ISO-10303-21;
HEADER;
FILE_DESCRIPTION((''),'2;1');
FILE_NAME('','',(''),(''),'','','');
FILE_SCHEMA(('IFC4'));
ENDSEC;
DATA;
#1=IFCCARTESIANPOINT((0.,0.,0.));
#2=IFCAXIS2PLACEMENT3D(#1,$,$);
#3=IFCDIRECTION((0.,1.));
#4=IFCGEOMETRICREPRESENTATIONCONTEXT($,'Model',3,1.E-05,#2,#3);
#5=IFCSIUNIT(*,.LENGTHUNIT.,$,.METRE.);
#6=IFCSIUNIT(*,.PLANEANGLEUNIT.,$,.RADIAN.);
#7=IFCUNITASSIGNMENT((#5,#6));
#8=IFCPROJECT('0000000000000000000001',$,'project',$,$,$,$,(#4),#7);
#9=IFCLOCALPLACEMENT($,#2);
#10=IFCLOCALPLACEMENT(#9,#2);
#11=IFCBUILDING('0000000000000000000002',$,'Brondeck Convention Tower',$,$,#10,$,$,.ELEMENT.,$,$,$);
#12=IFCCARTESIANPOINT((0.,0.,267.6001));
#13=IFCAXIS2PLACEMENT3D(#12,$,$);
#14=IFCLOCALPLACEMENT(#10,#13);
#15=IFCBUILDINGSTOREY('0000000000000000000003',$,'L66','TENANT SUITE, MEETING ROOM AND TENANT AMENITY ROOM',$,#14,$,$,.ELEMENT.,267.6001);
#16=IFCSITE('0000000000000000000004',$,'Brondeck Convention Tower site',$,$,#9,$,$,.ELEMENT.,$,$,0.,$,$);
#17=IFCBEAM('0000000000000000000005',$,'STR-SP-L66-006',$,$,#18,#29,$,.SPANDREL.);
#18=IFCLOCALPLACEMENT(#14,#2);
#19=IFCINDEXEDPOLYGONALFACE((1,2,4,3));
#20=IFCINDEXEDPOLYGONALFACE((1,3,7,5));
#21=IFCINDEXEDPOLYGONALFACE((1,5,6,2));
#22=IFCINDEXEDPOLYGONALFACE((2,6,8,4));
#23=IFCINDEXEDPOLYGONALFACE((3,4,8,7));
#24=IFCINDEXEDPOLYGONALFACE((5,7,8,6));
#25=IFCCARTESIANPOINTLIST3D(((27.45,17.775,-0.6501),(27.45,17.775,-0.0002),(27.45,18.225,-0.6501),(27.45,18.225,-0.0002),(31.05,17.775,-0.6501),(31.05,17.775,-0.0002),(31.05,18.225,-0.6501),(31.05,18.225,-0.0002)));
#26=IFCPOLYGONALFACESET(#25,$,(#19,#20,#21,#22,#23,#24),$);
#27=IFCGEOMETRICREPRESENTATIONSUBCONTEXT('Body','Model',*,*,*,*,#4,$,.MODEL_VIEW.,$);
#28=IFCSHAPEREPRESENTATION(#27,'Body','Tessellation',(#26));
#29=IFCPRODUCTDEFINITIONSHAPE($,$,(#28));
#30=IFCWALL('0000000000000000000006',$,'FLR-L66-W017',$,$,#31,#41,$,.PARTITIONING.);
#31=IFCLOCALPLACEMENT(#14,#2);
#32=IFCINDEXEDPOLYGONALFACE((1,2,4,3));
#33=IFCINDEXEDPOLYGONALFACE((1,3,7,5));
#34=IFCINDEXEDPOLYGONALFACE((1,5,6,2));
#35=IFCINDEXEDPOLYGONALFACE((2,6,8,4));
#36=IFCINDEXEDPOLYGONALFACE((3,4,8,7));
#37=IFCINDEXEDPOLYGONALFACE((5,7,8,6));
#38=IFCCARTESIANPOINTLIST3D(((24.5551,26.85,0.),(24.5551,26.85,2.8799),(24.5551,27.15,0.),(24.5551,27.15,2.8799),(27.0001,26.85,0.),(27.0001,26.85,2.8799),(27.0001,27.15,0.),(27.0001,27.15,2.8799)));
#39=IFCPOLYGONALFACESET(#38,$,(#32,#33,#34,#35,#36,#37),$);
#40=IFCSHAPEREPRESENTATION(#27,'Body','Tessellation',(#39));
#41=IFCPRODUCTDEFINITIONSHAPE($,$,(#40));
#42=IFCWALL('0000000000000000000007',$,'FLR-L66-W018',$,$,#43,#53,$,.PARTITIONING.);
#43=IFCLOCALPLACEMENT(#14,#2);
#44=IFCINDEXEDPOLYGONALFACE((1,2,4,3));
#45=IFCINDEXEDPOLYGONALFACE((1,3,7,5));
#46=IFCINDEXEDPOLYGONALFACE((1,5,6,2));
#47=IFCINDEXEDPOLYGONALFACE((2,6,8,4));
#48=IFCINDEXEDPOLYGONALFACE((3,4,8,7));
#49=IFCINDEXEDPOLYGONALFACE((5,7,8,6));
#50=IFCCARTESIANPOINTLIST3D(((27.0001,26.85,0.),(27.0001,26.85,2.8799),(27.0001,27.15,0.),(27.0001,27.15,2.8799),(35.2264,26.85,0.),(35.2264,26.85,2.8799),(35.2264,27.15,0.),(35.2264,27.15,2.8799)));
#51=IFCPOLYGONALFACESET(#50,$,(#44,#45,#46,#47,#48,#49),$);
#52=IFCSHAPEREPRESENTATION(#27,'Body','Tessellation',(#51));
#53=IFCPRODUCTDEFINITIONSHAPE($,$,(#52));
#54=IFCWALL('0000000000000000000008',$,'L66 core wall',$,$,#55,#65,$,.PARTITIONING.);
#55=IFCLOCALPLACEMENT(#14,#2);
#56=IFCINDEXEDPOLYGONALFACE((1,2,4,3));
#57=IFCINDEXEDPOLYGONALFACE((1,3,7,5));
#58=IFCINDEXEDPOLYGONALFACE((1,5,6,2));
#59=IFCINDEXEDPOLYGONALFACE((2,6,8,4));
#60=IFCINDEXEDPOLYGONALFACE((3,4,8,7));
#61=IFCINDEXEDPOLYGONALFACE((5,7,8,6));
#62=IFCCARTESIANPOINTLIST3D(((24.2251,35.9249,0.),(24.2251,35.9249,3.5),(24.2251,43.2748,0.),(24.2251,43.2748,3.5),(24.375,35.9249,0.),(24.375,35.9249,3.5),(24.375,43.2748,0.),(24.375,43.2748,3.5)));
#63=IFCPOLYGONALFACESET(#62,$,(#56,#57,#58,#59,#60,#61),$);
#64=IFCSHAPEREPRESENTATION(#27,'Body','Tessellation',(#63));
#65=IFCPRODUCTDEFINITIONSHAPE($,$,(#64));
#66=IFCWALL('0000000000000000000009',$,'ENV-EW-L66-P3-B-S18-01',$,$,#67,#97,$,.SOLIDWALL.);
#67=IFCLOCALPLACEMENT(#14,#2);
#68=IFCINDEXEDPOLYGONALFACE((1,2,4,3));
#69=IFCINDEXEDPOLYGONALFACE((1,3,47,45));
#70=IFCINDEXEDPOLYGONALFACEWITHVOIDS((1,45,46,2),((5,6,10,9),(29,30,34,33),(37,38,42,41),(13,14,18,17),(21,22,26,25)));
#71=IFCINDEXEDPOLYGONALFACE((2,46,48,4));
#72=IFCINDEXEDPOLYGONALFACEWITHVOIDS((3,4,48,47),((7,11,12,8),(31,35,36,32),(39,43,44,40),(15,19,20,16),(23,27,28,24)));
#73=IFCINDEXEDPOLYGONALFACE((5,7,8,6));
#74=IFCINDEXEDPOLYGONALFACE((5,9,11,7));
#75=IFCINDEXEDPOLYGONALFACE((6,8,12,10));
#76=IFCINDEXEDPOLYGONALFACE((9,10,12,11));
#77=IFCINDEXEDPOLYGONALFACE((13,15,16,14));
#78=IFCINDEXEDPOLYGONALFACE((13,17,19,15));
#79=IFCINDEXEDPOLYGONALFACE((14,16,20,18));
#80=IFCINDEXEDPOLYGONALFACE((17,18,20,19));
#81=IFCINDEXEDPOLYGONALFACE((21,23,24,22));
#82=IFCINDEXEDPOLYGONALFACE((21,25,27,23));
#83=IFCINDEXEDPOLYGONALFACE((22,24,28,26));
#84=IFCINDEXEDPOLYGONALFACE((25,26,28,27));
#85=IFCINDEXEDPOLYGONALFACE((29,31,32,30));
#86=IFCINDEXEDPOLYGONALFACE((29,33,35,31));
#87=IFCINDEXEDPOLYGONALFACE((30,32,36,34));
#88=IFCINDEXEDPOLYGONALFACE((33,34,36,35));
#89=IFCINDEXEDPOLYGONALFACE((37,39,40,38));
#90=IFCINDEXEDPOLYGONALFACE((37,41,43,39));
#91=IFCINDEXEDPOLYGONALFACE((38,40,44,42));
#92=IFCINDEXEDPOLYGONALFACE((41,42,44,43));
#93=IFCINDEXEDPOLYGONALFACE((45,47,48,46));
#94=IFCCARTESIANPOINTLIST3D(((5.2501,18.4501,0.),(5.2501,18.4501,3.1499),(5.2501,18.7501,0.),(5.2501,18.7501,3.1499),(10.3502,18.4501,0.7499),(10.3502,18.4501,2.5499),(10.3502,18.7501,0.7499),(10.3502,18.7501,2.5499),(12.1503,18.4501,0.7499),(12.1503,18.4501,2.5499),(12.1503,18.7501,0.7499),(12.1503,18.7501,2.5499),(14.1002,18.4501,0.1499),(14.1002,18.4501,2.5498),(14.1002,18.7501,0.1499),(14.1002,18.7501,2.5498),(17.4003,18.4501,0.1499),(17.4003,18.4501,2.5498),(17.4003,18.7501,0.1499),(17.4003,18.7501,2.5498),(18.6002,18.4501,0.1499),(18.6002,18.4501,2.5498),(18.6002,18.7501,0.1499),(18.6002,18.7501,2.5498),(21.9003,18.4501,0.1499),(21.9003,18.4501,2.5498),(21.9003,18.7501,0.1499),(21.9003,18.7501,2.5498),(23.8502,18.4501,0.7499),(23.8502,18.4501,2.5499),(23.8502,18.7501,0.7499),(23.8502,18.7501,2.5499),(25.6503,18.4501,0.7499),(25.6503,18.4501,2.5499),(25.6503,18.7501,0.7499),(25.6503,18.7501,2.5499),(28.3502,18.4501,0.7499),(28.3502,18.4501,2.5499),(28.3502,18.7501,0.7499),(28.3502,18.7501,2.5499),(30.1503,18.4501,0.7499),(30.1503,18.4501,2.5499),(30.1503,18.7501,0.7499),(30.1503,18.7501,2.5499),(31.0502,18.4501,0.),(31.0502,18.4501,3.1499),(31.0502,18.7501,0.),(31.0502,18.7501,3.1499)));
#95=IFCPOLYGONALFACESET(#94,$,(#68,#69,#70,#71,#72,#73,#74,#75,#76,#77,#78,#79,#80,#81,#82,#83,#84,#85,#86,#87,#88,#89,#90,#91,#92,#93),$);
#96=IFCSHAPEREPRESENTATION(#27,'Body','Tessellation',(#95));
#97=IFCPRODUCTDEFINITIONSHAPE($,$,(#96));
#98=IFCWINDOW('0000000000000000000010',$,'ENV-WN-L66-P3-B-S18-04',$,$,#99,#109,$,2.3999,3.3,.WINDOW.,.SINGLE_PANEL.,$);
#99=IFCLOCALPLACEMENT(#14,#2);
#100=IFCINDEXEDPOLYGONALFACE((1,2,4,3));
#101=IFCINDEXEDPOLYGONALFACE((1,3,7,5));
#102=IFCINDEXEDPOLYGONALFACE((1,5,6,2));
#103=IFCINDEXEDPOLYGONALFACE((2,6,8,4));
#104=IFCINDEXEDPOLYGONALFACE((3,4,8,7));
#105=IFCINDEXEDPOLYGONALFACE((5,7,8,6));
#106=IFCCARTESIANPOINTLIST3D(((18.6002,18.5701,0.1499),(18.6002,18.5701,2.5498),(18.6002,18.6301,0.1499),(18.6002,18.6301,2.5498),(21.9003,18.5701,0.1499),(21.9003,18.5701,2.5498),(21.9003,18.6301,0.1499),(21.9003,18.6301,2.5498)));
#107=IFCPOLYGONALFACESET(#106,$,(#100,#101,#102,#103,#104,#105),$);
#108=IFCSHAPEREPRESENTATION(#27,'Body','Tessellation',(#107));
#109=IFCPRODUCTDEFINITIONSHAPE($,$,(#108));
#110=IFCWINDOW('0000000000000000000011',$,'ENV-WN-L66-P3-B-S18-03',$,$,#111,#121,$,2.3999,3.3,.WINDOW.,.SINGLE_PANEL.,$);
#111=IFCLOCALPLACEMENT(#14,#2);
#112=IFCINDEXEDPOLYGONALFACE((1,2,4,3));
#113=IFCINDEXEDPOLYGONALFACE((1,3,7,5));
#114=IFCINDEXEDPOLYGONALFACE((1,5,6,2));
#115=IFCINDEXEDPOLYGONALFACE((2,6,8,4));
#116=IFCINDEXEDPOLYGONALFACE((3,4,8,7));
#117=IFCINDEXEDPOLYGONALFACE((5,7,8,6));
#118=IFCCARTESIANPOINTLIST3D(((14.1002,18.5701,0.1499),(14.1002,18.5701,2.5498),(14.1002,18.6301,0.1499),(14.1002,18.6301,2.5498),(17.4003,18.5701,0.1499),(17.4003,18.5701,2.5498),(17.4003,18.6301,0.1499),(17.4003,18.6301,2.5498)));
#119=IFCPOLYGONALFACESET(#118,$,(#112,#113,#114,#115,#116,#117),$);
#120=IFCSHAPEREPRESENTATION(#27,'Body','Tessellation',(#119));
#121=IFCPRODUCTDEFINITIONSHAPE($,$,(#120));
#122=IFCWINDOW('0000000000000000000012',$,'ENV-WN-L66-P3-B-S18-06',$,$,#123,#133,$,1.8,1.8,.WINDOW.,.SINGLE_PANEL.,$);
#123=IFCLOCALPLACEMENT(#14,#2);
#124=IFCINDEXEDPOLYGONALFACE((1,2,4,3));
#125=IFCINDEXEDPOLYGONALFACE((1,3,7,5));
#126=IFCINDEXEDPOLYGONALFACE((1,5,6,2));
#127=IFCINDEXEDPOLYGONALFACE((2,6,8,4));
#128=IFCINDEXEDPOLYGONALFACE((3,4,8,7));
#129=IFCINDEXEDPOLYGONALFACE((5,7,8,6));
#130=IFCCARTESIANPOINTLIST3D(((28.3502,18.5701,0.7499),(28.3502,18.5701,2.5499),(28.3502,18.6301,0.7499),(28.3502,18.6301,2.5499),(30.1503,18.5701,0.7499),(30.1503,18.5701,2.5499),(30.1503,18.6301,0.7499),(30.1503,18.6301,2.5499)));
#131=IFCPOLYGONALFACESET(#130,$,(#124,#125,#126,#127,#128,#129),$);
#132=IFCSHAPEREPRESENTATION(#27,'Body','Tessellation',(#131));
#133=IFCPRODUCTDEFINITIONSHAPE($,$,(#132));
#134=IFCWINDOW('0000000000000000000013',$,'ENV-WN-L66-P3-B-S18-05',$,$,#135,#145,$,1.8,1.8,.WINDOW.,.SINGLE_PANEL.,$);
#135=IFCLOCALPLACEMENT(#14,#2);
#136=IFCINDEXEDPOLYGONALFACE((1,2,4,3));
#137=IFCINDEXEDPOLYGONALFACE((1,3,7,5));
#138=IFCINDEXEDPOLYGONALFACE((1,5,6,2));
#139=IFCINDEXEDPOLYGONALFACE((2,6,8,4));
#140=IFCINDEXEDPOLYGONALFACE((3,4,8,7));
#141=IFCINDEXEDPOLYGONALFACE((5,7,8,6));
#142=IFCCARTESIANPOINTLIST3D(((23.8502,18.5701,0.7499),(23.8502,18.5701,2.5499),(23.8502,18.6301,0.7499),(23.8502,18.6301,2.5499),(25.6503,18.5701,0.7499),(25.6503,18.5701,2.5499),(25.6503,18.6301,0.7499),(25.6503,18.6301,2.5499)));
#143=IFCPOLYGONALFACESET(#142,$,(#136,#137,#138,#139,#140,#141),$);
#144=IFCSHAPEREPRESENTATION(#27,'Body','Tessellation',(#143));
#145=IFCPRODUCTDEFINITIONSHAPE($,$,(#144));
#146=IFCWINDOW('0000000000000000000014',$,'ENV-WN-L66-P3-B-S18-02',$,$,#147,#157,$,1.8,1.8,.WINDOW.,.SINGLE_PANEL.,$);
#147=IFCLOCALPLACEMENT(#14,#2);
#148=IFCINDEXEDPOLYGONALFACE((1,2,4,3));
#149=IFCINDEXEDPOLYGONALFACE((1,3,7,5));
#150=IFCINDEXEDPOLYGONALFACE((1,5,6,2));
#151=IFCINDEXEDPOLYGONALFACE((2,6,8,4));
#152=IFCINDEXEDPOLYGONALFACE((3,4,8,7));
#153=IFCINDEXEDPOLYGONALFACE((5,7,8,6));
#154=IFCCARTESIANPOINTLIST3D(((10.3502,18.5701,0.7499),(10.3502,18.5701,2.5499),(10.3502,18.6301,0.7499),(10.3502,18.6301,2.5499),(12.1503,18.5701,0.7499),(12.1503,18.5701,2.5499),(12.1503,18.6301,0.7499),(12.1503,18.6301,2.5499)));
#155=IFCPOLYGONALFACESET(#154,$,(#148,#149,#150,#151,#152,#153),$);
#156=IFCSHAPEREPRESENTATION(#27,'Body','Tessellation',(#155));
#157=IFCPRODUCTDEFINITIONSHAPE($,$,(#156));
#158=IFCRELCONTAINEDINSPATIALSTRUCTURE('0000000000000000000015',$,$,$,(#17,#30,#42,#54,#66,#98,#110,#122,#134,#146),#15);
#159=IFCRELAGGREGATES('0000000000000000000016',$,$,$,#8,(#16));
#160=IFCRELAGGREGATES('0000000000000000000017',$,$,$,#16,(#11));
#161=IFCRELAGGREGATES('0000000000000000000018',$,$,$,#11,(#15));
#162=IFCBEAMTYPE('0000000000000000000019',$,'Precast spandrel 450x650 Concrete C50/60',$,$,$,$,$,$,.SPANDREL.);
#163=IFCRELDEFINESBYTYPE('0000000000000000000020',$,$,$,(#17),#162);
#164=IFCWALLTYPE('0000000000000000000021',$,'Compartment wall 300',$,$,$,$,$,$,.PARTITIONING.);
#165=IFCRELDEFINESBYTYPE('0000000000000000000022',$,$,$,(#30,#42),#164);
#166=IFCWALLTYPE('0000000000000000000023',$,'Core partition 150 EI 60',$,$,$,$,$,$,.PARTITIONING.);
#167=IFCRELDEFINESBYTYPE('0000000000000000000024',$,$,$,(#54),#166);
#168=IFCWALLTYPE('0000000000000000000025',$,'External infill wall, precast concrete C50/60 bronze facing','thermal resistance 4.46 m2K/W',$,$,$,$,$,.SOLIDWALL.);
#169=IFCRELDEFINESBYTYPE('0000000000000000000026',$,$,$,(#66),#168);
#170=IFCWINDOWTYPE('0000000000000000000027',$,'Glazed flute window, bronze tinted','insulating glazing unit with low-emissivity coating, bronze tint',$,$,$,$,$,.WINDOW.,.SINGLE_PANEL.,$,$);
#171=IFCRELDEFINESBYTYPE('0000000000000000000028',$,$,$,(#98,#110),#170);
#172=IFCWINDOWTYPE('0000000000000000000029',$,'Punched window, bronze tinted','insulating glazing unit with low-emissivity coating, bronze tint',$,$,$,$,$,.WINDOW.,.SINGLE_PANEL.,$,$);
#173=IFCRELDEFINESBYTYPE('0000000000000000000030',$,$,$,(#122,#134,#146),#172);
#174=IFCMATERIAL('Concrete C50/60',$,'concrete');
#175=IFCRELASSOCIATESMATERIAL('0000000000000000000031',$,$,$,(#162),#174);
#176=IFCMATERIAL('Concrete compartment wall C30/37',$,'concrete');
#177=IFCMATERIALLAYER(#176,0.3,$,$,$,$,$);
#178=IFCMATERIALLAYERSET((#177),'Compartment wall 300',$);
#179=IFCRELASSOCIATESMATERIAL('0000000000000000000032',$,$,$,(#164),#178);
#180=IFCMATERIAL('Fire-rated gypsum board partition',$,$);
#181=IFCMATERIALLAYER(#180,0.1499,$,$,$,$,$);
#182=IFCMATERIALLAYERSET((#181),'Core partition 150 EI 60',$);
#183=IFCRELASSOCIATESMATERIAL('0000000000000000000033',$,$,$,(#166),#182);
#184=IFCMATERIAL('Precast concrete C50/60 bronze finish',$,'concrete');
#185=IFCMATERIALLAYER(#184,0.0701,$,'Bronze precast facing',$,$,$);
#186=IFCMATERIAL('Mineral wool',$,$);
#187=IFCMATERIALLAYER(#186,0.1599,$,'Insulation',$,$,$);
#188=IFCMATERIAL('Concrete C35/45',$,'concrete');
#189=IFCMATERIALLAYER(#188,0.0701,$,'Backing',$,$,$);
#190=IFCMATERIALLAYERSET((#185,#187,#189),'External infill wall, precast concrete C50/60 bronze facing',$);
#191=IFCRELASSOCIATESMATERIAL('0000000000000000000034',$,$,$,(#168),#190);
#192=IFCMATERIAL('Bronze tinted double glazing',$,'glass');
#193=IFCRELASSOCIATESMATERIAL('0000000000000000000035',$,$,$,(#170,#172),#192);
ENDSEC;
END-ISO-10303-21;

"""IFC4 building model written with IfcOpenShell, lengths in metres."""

from ifc_helpers import new_model, si_unit, direction, frame, frame_2d, origin, origin_2d, place, context, subcontext, project, spatial, rectangle, extrude, material, layer, layer_set, material_profile, profile_set, type_object, element, fill, save


model = new_model("IFC4")

# Units and contexts
model_context = context("Model", 3, precision=1e-05, world=origin(), true_north=direction((0.0, 1.0)))
body_context = subcontext(model_context, "Body", "Model", "MODEL_VIEW")
ifc_project = project(units=[si_unit("LENGTHUNIT", "METRE"), si_unit("PLANEANGLEUNIT", "RADIAN")], contexts=[model_context])

# Site, building, storey
site_placement = place(None, origin())
site = spatial("IfcSite", under=ifc_project, at=site_placement, Name="Brondeck Convention Tower site", CompositionType="ELEMENT", RefElevation=0.0)
building_placement = place(site_placement, origin())
building = spatial("IfcBuilding", under=site, at=building_placement, Name="Brondeck Convention Tower", CompositionType="ELEMENT")
storey_placement = place(building_placement, frame((0.0, 0.0, 267.6001)))
storey = spatial("IfcBuildingStorey", under=building, at=storey_placement, Name="L66", Description="TENANT SUITE, MEETING ROOM AND TENANT AMENITY ROOM", CompositionType="ELEMENT", Elevation=267.6001)

# Shared definitions
ifc_material_1 = material(Name="Concrete C50/60", Category="concrete")

# Beam
ifc_material_profile_1 = material_profile(ifc_material_1, rectangle(XDim=0.45, YDim=0.6499, at=origin_2d()), Name="Precast spandrel 450x650 Concrete C50/60")
ifc_profile_set_1 = profile_set([ifc_material_profile_1], Name="Concrete C50/60")
beam_type_1 = type_object("IfcBeamType", Name="Precast spandrel 450x650 Concrete C50/60", PredefinedType="SPANDREL", material=ifc_profile_set_1)
for number, where, z_axis, x_axis, name in (
    (1, (27.45, 18.0, -0.3252), (1.0, 0.0, 0.0), (0.0, 1.0, 0.0), "STR-SP-L66-006"),
):
    element("IfcBeam", number, at=place(storey_placement, frame(where, z_axis=z_axis, x_axis=x_axis)), inside=storey, type_object=beam_type_1, Name=name, PredefinedType="SPANDREL", context=body_context, shape_type="SweptSolid", body=[
        extrude(rectangle(XDim=0.45, YDim=0.6499, at=origin_2d()), origin(), (0.0, 0.0, 1.0), 3.6001),
    ])

# Walls
ifc_material_2 = material(Name="Concrete compartment wall C30/37", Category="concrete")
ifc_layer_1 = layer(ifc_material_2, 0.3)
ifc_layer_set_1 = layer_set([ifc_layer_1], Name="Compartment wall 300")
wall_type_1 = type_object("IfcWallType", Name="Compartment wall 300", PredefinedType="PARTITIONING", material=ifc_layer_set_1)
wall_1_placement = place(storey_placement, frame((24.5549, 27.0, 0.0), z_axis=(0.0, 0.0, 1.0), x_axis=(1.0, 0.0, 0.0)))
element("IfcWall", 2, at=wall_1_placement, inside=storey, type_object=wall_type_1, Name="FLR-L66-W017", PredefinedType="PARTITIONING", context=body_context, shape_type="SweptSolid", body=[
    extrude(rectangle(XDim=2.4451, YDim=0.3, at=frame_2d((1.2227, 0.0))), origin(), (0.0, 0.0, 1.0), 2.8799),
])
wall_2_placement = place(storey_placement, frame((27.0, 27.0, 0.0), z_axis=(0.0, 0.0, 1.0), x_axis=(1.0, 0.0, 0.0)))
element("IfcWall", 3, at=wall_2_placement, inside=storey, type_object=wall_type_1, Name="FLR-L66-W018", PredefinedType="PARTITIONING", context=body_context, shape_type="SweptSolid", body=[
    extrude(rectangle(XDim=8.2263, YDim=0.3, at=frame_2d((4.1133, 0.0))), origin(), (0.0, 0.0, 1.0), 2.8799),
])
ifc_material_3 = material(Name="Fire-rated gypsum board partition")
ifc_layer_2 = layer(ifc_material_3, 0.1499)
ifc_layer_set_2 = layer_set([ifc_layer_2], Name="Core partition 150 EI 60")
wall_type_2 = type_object("IfcWallType", Name="Core partition 150 EI 60", PredefinedType="PARTITIONING", material=ifc_layer_set_2)
wall_3_placement = place(storey_placement, frame((24.3, 35.925, 0.0), z_axis=(0.0, 0.0, 1.0), x_axis=(0.0, 1.0, 0.0)))
element("IfcWall", 4, at=wall_3_placement, inside=storey, type_object=wall_type_2, Name="L66 core wall", PredefinedType="PARTITIONING", context=body_context, shape_type="SweptSolid", body=[
    extrude(rectangle(XDim=7.3499, YDim=0.1499, at=frame_2d((3.6748, 0.0))), origin(), (0.0, 0.0, 1.0), 3.5),
])

# Wall, openings, windows
ifc_material_4 = material(Name="Precast concrete C50/60 bronze finish", Category="concrete")
ifc_layer_3 = layer(ifc_material_4, 0.0701, Name="Bronze precast facing")
ifc_material_5 = material(Name="Mineral wool")
ifc_layer_4 = layer(ifc_material_5, 0.1599, Name="Insulation")
ifc_material_6 = material(Name="Concrete C35/45", Category="concrete")
ifc_layer_5 = layer(ifc_material_6, 0.0701, Name="Backing")
ifc_layer_set_3 = layer_set([ifc_layer_3, ifc_layer_4, ifc_layer_5], Name="External infill wall, precast concrete C50/60 bronze facing")
wall_type_3 = type_object("IfcWallType", Name="External infill wall, precast concrete C50/60 bronze facing", Description="thermal resistance 4.46 m2K/W", PredefinedType="SOLIDWALL", material=ifc_layer_set_3)
wall_4_placement = place(storey_placement, frame((31.05, 18.6001, 0.0), z_axis=(0.0, 0.0, 1.0), x_axis=(-1.0, 0.0, 0.0)))
wall_4 = element("IfcWall", 5, at=wall_4_placement, inside=storey, type_object=wall_type_3, Name="ENV-EW-L66-P3-B-S18-01", PredefinedType="SOLIDWALL", context=body_context, shape_type="SweptSolid", body=[
    extrude(rectangle(XDim=25.8, YDim=0.3, at=frame_2d((12.8999, 0.0))), origin(), (0.0, 0.0, 1.0), 3.1499),
])
opening_1_placement = place(wall_4_placement, frame((0.8999, 0.0, 0.75)))
opening_1 = element("IfcOpeningElement", 6, at=opening_1_placement, cuts=wall_4, PredefinedType="OPENING", context=body_context, shape_type="SweptSolid", body=[
    extrude(rectangle(XDim=1.8, YDim=1.8, at=frame_2d((0.8999, 0.8999))), frame((0.0, 0.1599, 0.0), z_axis=(0.0, -1.0, 0.0), x_axis=(1.0, 0.0, 0.0)), (0.0, 0.0, 1.0), 0.3201),
])
opening_2_placement = place(wall_4_placement, frame((5.3999, 0.0, 0.75)))
opening_2 = element("IfcOpeningElement", 7, at=opening_2_placement, cuts=wall_4, PredefinedType="OPENING", context=body_context, shape_type="SweptSolid", body=[
    extrude(rectangle(XDim=1.8, YDim=1.8, at=frame_2d((0.8999, 0.8999))), frame((0.0, 0.1599, 0.0), z_axis=(0.0, -1.0, 0.0), x_axis=(1.0, 0.0, 0.0)), (0.0, 0.0, 1.0), 0.3201),
])
opening_3_placement = place(wall_4_placement, frame((9.1499, 0.0, 0.1499)))
opening_3 = element("IfcOpeningElement", 8, at=opening_3_placement, cuts=wall_4, PredefinedType="OPENING", context=body_context, shape_type="SweptSolid", body=[
    extrude(rectangle(XDim=3.3, YDim=2.3999, at=frame_2d((1.6499, 1.2))), frame((0.0, 0.1599, 0.0), z_axis=(0.0, -1.0, 0.0), x_axis=(1.0, 0.0, 0.0)), (0.0, 0.0, 1.0), 0.3201),
])
opening_4_placement = place(wall_4_placement, frame((13.6499, 0.0, 0.1499)))
opening_4 = element("IfcOpeningElement", 9, at=opening_4_placement, cuts=wall_4, PredefinedType="OPENING", context=body_context, shape_type="SweptSolid", body=[
    extrude(rectangle(XDim=3.3, YDim=2.3999, at=frame_2d((1.6499, 1.2))), frame((0.0, 0.1599, 0.0), z_axis=(0.0, -1.0, 0.0), x_axis=(1.0, 0.0, 0.0)), (0.0, 0.0, 1.0), 0.3201),
])
opening_5_placement = place(wall_4_placement, frame((18.8999, 0.0, 0.75)))
opening_5 = element("IfcOpeningElement", 10, at=opening_5_placement, cuts=wall_4, PredefinedType="OPENING", context=body_context, shape_type="SweptSolid", body=[
    extrude(rectangle(XDim=1.8, YDim=1.8, at=frame_2d((0.8999, 0.8999))), frame((0.0, 0.1599, 0.0), z_axis=(0.0, -1.0, 0.0), x_axis=(1.0, 0.0, 0.0)), (0.0, 0.0, 1.0), 0.3201),
])
ifc_material_7 = material(Name="Bronze tinted double glazing", Category="glass")
window_type_1 = type_object("IfcWindowType", Name="Glazed flute window, bronze tinted", Description="insulating glazing unit with low-emissivity coating, bronze tint", PartitioningType="SINGLE_PANEL", PredefinedType="WINDOW", material=ifc_material_7)
window_1_placement = place(opening_3_placement, origin())
window_1 = element("IfcWindow", 11, at=window_1_placement, inside=storey, type_object=window_type_1, Name="ENV-WN-L66-P3-B-S18-04", OverallHeight=2.3999, OverallWidth=3.3, PartitioningType="SINGLE_PANEL", PredefinedType="WINDOW", context=body_context, shape_type="SweptSolid", body=[
    extrude(rectangle(XDim=3.3, YDim=2.3999, at=frame_2d((1.6499, 1.2))), frame((0.0, 0.03, 0.0), z_axis=(0.0, -1.0, 0.0), x_axis=(1.0, 0.0, 0.0)), (0.0, 0.0, 1.0), 0.0601),
])
fill(opening_3, window_1)
window_2_placement = place(opening_4_placement, origin())
window_2 = element("IfcWindow", 12, at=window_2_placement, inside=storey, type_object=window_type_1, Name="ENV-WN-L66-P3-B-S18-03", OverallHeight=2.3999, OverallWidth=3.3, PartitioningType="SINGLE_PANEL", PredefinedType="WINDOW", context=body_context, shape_type="SweptSolid", body=[
    extrude(rectangle(XDim=3.3, YDim=2.3999, at=frame_2d((1.6499, 1.2))), frame((0.0, 0.03, 0.0), z_axis=(0.0, -1.0, 0.0), x_axis=(1.0, 0.0, 0.0)), (0.0, 0.0, 1.0), 0.0601),
])
fill(opening_4, window_2)
window_type_2 = type_object("IfcWindowType", Name="Punched window, bronze tinted", Description="insulating glazing unit with low-emissivity coating, bronze tint", PartitioningType="SINGLE_PANEL", PredefinedType="WINDOW", material=ifc_material_7)
window_3_placement = place(opening_1_placement, origin())
window_3 = element("IfcWindow", 13, at=window_3_placement, inside=storey, type_object=window_type_2, Name="ENV-WN-L66-P3-B-S18-06", OverallHeight=1.8, OverallWidth=1.8, PartitioningType="SINGLE_PANEL", PredefinedType="WINDOW", context=body_context, shape_type="SweptSolid", body=[
    extrude(rectangle(XDim=1.8, YDim=1.8, at=frame_2d((0.8999, 0.8999))), frame((0.0, 0.03, 0.0), z_axis=(0.0, -1.0, 0.0), x_axis=(1.0, 0.0, 0.0)), (0.0, 0.0, 1.0), 0.0601),
])
fill(opening_1, window_3)
window_4_placement = place(opening_2_placement, origin())
window_4 = element("IfcWindow", 14, at=window_4_placement, inside=storey, type_object=window_type_2, Name="ENV-WN-L66-P3-B-S18-05", OverallHeight=1.8, OverallWidth=1.8, PartitioningType="SINGLE_PANEL", PredefinedType="WINDOW", context=body_context, shape_type="SweptSolid", body=[
    extrude(rectangle(XDim=1.8, YDim=1.8, at=frame_2d((0.8999, 0.8999))), frame((0.0, 0.03, 0.0), z_axis=(0.0, -1.0, 0.0), x_axis=(1.0, 0.0, 0.0)), (0.0, 0.0, 1.0), 0.0601),
])
fill(opening_2, window_4)
window_5_placement = place(opening_5_placement, origin())
window_5 = element("IfcWindow", 15, at=window_5_placement, inside=storey, type_object=window_type_2, Name="ENV-WN-L66-P3-B-S18-02", OverallHeight=1.8, OverallWidth=1.8, PartitioningType="SINGLE_PANEL", PredefinedType="WINDOW", context=body_context, shape_type="SweptSolid", body=[
    extrude(rectangle(XDim=1.8, YDim=1.8, at=frame_2d((0.8999, 0.8999))), frame((0.0, 0.03, 0.0), z_axis=(0.0, -1.0, 0.0), x_axis=(1.0, 0.0, 0.0)), (0.0, 0.0, 1.0), 0.0601),
])
fill(opening_5, window_5)

save(model, "model.ifc")
